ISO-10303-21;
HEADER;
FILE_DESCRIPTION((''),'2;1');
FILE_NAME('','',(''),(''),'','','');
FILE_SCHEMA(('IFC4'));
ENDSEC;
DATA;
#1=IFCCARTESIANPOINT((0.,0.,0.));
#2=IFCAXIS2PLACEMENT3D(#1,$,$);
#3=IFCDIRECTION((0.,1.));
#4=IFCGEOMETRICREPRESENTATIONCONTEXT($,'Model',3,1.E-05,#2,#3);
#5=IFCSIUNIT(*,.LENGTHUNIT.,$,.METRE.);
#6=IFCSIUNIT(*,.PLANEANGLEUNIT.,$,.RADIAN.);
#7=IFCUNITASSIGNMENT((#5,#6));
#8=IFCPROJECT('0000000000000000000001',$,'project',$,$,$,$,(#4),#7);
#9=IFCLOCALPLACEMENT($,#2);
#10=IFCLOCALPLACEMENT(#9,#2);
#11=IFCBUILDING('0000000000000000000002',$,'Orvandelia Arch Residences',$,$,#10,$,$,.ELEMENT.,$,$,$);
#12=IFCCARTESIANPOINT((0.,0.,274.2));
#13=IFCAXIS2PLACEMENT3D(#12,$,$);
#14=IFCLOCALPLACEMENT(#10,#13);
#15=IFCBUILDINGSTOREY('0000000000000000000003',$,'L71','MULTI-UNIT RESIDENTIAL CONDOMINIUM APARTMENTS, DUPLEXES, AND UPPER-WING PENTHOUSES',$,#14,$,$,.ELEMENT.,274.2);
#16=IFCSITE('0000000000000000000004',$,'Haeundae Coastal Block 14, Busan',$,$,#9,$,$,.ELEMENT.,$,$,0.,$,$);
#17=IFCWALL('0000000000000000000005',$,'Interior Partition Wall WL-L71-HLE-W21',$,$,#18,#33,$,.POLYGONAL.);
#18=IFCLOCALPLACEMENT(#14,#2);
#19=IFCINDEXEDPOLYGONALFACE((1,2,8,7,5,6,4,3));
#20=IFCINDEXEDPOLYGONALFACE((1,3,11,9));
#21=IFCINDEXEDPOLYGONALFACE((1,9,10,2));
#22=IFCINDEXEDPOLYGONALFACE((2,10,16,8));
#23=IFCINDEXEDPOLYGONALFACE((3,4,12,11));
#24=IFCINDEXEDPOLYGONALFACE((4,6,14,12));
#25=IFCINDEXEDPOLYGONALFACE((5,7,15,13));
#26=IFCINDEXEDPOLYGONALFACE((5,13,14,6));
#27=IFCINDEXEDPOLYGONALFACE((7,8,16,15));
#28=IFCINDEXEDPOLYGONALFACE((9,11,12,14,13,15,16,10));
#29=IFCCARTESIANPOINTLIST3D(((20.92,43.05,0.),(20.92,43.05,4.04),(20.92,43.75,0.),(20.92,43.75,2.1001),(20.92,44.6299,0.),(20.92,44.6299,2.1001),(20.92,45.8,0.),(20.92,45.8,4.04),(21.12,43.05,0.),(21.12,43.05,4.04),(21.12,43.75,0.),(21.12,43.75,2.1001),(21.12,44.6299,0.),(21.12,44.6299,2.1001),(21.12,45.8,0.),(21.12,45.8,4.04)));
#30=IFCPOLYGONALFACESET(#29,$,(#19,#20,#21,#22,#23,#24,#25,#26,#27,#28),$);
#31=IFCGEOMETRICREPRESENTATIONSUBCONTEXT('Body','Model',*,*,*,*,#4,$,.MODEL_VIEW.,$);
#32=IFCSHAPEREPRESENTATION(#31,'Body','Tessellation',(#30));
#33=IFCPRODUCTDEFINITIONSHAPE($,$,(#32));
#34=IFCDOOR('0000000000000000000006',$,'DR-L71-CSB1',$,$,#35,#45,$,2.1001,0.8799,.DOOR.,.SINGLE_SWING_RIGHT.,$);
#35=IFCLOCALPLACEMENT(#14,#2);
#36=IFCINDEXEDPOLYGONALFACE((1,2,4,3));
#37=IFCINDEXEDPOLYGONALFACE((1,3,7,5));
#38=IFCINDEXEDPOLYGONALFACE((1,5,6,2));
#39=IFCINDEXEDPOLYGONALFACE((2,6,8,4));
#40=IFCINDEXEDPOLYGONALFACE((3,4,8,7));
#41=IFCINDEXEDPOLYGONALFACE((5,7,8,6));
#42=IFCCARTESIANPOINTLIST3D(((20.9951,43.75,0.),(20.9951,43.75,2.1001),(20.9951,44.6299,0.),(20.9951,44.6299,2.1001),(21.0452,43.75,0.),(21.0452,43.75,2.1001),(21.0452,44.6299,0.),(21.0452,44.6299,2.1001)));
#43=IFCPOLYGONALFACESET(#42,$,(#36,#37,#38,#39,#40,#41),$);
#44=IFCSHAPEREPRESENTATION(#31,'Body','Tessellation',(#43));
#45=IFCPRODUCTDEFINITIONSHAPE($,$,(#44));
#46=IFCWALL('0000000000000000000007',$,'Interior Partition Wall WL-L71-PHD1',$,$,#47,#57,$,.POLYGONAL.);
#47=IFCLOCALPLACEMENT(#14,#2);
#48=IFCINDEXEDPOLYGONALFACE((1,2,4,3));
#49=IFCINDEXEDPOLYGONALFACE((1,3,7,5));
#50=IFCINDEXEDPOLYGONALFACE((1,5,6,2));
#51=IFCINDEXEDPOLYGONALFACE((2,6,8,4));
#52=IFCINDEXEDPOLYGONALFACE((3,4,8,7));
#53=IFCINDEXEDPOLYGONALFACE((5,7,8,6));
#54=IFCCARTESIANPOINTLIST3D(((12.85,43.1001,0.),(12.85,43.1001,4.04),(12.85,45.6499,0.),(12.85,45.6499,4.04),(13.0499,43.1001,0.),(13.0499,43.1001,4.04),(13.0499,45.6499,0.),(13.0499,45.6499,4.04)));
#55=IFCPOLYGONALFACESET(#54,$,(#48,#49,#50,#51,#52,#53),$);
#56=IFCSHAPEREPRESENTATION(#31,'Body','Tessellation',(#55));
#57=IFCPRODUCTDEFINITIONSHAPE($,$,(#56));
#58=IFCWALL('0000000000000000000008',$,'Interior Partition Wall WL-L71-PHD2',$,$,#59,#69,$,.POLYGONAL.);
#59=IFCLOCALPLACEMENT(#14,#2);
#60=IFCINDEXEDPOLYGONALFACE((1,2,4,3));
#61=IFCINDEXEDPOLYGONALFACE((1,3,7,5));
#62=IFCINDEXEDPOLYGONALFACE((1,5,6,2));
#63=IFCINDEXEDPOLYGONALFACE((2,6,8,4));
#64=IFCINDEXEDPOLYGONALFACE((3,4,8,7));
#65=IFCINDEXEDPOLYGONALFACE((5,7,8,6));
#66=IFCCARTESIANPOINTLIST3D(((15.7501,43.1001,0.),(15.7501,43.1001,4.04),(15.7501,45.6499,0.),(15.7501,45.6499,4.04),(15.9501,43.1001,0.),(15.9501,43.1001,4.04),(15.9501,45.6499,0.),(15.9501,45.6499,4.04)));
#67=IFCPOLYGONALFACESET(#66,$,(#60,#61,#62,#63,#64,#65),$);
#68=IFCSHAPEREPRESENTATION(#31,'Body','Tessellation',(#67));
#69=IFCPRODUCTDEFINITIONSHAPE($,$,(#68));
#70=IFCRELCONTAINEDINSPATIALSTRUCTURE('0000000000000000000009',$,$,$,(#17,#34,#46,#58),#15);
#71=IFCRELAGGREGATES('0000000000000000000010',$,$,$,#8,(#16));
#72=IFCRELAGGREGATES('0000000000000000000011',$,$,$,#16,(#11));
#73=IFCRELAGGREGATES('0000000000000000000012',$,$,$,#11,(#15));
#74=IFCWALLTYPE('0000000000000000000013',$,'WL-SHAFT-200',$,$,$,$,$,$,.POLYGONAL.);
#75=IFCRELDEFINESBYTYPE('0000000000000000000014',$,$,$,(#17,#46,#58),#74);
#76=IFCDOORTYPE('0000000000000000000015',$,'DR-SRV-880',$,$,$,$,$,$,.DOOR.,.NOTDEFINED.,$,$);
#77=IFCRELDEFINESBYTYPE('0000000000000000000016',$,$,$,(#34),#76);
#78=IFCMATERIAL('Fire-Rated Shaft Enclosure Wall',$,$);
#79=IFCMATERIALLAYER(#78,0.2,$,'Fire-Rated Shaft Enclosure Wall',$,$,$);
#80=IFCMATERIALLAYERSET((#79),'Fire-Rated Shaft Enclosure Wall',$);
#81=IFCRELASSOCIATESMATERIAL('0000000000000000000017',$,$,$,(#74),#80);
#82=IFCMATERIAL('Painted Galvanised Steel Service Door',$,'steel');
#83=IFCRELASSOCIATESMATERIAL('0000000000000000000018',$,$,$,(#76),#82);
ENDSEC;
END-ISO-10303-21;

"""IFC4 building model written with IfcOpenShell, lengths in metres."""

from ifc_helpers import new_model, si_unit, direction, frame, frame_2d, origin, place, context, subcontext, project, spatial, rectangle, extrude, material, layer, layer_set, type_object, element, fill, save


model = new_model("IFC4")

# Units and contexts
model_context = context("Model", 3, precision=1e-05, world=origin(), true_north=direction((0.0, 1.0)))
body_context = subcontext(model_context, "Body", "Model", "MODEL_VIEW")
ifc_project = project(units=[si_unit("LENGTHUNIT", "METRE"), si_unit("PLANEANGLEUNIT", "RADIAN")], contexts=[model_context])

# Site, building, storey
site_placement = place(None, origin())
site = spatial("IfcSite", under=ifc_project, at=site_placement, Name="Haeundae Coastal Block 14, Busan", CompositionType="ELEMENT", RefElevation=0.0)
building_placement = place(site_placement, origin())
building = spatial("IfcBuilding", under=site, at=building_placement, Name="Orvandelia Arch Residences", CompositionType="ELEMENT")
storey_placement = place(building_placement, frame((0.0, 0.0, 274.2)))
storey = spatial("IfcBuildingStorey", under=building, at=storey_placement, Name="L71", Description="MULTI-UNIT RESIDENTIAL CONDOMINIUM APARTMENTS, DUPLEXES, AND UPPER-WING PENTHOUSES", CompositionType="ELEMENT", Elevation=274.2)

# Shared definitions
ifc_material_1 = material(Name="Fire-Rated Shaft Enclosure Wall")
ifc_layer_1 = layer(ifc_material_1, 0.2, Name="Fire-Rated Shaft Enclosure Wall")
ifc_layer_set_1 = layer_set([ifc_layer_1], Name="Fire-Rated Shaft Enclosure Wall")
wall_type_1 = type_object("IfcWallType", Name="WL-SHAFT-200", PredefinedType="POLYGONAL", material=ifc_layer_set_1)

# Wall, opening, door
wall_1_placement = place(storey_placement, frame((21.02, 43.05, 0.0), z_axis=(0.0, 0.0, 1.0), x_axis=(0.0, 1.0, 0.0)))
wall_1 = element("IfcWall", 1, at=wall_1_placement, inside=storey, type_object=wall_type_1, Name="Interior Partition Wall WL-L71-HLE-W21", PredefinedType="POLYGONAL", context=body_context, shape_type="SweptSolid", body=[
    extrude(rectangle(XDim=2.75, YDim=0.2, at=frame_2d((1.375, 0.0))), origin(), (0.0, 0.0, 1.0), 4.04),
])
opening_1_placement = place(wall_1_placement, frame((0.7, 0.0, 0.0)))
opening_1 = element("IfcOpeningElement", 2, at=opening_1_placement, cuts=wall_1, PredefinedType="OPENING", context=body_context, shape_type="SweptSolid", body=[
    extrude(rectangle(XDim=0.8799, YDim=2.1001, at=frame_2d((0.4399, 1.05))), frame((0.0, 0.1099, 0.0), z_axis=(0.0, -1.0, 0.0), x_axis=(1.0, 0.0, 0.0)), (0.0, 0.0, 1.0), 0.22),
])
ifc_material_2 = material(Name="Painted Galvanised Steel Service Door", Category="steel")
door_type_1 = type_object("IfcDoorType", Name="DR-SRV-880", OperationType="NOTDEFINED", PredefinedType="DOOR", material=ifc_material_2)
door_1_placement = place(opening_1_placement, origin())
door_1 = element("IfcDoor", 3, at=door_1_placement, inside=storey, type_object=door_type_1, Name="DR-L71-CSB1", OperationType="SINGLE_SWING_RIGHT", OverallHeight=2.1001, OverallWidth=0.8799, PredefinedType="DOOR", context=body_context, shape_type="SweptSolid", body=[
    extrude(rectangle(XDim=0.8799, YDim=2.1001, at=frame_2d((0.4399, 1.05))), frame((0.0, 0.0249, 0.0), z_axis=(0.0, -1.0, 0.0), x_axis=(1.0, 0.0, 0.0)), (0.0, 0.0, 1.0), 0.05),
])
fill(opening_1, door_1)

# Walls
for number, where, z_axis, x_axis, name in (
    (4, (12.95, 43.1001, 0.0), (0.0, 0.0, 1.0), (0.0, 1.0, 0.0), "Interior Partition Wall WL-L71-PHD1"),
    (5, (15.8501, 43.1001, 0.0), (0.0, 0.0, 1.0), (0.0, 1.0, 0.0), "Interior Partition Wall WL-L71-PHD2"),
):
    element("IfcWall", number, at=place(storey_placement, frame(where, z_axis=z_axis, x_axis=x_axis)), inside=storey, type_object=wall_type_1, Name=name, PredefinedType="POLYGONAL", context=body_context, shape_type="SweptSolid", body=[
        extrude(rectangle(XDim=2.5498, YDim=0.2, at=frame_2d((1.2749, 0.0))), origin(), (0.0, 0.0, 1.0), 4.04),
    ])

save(model, "model.ifc")
